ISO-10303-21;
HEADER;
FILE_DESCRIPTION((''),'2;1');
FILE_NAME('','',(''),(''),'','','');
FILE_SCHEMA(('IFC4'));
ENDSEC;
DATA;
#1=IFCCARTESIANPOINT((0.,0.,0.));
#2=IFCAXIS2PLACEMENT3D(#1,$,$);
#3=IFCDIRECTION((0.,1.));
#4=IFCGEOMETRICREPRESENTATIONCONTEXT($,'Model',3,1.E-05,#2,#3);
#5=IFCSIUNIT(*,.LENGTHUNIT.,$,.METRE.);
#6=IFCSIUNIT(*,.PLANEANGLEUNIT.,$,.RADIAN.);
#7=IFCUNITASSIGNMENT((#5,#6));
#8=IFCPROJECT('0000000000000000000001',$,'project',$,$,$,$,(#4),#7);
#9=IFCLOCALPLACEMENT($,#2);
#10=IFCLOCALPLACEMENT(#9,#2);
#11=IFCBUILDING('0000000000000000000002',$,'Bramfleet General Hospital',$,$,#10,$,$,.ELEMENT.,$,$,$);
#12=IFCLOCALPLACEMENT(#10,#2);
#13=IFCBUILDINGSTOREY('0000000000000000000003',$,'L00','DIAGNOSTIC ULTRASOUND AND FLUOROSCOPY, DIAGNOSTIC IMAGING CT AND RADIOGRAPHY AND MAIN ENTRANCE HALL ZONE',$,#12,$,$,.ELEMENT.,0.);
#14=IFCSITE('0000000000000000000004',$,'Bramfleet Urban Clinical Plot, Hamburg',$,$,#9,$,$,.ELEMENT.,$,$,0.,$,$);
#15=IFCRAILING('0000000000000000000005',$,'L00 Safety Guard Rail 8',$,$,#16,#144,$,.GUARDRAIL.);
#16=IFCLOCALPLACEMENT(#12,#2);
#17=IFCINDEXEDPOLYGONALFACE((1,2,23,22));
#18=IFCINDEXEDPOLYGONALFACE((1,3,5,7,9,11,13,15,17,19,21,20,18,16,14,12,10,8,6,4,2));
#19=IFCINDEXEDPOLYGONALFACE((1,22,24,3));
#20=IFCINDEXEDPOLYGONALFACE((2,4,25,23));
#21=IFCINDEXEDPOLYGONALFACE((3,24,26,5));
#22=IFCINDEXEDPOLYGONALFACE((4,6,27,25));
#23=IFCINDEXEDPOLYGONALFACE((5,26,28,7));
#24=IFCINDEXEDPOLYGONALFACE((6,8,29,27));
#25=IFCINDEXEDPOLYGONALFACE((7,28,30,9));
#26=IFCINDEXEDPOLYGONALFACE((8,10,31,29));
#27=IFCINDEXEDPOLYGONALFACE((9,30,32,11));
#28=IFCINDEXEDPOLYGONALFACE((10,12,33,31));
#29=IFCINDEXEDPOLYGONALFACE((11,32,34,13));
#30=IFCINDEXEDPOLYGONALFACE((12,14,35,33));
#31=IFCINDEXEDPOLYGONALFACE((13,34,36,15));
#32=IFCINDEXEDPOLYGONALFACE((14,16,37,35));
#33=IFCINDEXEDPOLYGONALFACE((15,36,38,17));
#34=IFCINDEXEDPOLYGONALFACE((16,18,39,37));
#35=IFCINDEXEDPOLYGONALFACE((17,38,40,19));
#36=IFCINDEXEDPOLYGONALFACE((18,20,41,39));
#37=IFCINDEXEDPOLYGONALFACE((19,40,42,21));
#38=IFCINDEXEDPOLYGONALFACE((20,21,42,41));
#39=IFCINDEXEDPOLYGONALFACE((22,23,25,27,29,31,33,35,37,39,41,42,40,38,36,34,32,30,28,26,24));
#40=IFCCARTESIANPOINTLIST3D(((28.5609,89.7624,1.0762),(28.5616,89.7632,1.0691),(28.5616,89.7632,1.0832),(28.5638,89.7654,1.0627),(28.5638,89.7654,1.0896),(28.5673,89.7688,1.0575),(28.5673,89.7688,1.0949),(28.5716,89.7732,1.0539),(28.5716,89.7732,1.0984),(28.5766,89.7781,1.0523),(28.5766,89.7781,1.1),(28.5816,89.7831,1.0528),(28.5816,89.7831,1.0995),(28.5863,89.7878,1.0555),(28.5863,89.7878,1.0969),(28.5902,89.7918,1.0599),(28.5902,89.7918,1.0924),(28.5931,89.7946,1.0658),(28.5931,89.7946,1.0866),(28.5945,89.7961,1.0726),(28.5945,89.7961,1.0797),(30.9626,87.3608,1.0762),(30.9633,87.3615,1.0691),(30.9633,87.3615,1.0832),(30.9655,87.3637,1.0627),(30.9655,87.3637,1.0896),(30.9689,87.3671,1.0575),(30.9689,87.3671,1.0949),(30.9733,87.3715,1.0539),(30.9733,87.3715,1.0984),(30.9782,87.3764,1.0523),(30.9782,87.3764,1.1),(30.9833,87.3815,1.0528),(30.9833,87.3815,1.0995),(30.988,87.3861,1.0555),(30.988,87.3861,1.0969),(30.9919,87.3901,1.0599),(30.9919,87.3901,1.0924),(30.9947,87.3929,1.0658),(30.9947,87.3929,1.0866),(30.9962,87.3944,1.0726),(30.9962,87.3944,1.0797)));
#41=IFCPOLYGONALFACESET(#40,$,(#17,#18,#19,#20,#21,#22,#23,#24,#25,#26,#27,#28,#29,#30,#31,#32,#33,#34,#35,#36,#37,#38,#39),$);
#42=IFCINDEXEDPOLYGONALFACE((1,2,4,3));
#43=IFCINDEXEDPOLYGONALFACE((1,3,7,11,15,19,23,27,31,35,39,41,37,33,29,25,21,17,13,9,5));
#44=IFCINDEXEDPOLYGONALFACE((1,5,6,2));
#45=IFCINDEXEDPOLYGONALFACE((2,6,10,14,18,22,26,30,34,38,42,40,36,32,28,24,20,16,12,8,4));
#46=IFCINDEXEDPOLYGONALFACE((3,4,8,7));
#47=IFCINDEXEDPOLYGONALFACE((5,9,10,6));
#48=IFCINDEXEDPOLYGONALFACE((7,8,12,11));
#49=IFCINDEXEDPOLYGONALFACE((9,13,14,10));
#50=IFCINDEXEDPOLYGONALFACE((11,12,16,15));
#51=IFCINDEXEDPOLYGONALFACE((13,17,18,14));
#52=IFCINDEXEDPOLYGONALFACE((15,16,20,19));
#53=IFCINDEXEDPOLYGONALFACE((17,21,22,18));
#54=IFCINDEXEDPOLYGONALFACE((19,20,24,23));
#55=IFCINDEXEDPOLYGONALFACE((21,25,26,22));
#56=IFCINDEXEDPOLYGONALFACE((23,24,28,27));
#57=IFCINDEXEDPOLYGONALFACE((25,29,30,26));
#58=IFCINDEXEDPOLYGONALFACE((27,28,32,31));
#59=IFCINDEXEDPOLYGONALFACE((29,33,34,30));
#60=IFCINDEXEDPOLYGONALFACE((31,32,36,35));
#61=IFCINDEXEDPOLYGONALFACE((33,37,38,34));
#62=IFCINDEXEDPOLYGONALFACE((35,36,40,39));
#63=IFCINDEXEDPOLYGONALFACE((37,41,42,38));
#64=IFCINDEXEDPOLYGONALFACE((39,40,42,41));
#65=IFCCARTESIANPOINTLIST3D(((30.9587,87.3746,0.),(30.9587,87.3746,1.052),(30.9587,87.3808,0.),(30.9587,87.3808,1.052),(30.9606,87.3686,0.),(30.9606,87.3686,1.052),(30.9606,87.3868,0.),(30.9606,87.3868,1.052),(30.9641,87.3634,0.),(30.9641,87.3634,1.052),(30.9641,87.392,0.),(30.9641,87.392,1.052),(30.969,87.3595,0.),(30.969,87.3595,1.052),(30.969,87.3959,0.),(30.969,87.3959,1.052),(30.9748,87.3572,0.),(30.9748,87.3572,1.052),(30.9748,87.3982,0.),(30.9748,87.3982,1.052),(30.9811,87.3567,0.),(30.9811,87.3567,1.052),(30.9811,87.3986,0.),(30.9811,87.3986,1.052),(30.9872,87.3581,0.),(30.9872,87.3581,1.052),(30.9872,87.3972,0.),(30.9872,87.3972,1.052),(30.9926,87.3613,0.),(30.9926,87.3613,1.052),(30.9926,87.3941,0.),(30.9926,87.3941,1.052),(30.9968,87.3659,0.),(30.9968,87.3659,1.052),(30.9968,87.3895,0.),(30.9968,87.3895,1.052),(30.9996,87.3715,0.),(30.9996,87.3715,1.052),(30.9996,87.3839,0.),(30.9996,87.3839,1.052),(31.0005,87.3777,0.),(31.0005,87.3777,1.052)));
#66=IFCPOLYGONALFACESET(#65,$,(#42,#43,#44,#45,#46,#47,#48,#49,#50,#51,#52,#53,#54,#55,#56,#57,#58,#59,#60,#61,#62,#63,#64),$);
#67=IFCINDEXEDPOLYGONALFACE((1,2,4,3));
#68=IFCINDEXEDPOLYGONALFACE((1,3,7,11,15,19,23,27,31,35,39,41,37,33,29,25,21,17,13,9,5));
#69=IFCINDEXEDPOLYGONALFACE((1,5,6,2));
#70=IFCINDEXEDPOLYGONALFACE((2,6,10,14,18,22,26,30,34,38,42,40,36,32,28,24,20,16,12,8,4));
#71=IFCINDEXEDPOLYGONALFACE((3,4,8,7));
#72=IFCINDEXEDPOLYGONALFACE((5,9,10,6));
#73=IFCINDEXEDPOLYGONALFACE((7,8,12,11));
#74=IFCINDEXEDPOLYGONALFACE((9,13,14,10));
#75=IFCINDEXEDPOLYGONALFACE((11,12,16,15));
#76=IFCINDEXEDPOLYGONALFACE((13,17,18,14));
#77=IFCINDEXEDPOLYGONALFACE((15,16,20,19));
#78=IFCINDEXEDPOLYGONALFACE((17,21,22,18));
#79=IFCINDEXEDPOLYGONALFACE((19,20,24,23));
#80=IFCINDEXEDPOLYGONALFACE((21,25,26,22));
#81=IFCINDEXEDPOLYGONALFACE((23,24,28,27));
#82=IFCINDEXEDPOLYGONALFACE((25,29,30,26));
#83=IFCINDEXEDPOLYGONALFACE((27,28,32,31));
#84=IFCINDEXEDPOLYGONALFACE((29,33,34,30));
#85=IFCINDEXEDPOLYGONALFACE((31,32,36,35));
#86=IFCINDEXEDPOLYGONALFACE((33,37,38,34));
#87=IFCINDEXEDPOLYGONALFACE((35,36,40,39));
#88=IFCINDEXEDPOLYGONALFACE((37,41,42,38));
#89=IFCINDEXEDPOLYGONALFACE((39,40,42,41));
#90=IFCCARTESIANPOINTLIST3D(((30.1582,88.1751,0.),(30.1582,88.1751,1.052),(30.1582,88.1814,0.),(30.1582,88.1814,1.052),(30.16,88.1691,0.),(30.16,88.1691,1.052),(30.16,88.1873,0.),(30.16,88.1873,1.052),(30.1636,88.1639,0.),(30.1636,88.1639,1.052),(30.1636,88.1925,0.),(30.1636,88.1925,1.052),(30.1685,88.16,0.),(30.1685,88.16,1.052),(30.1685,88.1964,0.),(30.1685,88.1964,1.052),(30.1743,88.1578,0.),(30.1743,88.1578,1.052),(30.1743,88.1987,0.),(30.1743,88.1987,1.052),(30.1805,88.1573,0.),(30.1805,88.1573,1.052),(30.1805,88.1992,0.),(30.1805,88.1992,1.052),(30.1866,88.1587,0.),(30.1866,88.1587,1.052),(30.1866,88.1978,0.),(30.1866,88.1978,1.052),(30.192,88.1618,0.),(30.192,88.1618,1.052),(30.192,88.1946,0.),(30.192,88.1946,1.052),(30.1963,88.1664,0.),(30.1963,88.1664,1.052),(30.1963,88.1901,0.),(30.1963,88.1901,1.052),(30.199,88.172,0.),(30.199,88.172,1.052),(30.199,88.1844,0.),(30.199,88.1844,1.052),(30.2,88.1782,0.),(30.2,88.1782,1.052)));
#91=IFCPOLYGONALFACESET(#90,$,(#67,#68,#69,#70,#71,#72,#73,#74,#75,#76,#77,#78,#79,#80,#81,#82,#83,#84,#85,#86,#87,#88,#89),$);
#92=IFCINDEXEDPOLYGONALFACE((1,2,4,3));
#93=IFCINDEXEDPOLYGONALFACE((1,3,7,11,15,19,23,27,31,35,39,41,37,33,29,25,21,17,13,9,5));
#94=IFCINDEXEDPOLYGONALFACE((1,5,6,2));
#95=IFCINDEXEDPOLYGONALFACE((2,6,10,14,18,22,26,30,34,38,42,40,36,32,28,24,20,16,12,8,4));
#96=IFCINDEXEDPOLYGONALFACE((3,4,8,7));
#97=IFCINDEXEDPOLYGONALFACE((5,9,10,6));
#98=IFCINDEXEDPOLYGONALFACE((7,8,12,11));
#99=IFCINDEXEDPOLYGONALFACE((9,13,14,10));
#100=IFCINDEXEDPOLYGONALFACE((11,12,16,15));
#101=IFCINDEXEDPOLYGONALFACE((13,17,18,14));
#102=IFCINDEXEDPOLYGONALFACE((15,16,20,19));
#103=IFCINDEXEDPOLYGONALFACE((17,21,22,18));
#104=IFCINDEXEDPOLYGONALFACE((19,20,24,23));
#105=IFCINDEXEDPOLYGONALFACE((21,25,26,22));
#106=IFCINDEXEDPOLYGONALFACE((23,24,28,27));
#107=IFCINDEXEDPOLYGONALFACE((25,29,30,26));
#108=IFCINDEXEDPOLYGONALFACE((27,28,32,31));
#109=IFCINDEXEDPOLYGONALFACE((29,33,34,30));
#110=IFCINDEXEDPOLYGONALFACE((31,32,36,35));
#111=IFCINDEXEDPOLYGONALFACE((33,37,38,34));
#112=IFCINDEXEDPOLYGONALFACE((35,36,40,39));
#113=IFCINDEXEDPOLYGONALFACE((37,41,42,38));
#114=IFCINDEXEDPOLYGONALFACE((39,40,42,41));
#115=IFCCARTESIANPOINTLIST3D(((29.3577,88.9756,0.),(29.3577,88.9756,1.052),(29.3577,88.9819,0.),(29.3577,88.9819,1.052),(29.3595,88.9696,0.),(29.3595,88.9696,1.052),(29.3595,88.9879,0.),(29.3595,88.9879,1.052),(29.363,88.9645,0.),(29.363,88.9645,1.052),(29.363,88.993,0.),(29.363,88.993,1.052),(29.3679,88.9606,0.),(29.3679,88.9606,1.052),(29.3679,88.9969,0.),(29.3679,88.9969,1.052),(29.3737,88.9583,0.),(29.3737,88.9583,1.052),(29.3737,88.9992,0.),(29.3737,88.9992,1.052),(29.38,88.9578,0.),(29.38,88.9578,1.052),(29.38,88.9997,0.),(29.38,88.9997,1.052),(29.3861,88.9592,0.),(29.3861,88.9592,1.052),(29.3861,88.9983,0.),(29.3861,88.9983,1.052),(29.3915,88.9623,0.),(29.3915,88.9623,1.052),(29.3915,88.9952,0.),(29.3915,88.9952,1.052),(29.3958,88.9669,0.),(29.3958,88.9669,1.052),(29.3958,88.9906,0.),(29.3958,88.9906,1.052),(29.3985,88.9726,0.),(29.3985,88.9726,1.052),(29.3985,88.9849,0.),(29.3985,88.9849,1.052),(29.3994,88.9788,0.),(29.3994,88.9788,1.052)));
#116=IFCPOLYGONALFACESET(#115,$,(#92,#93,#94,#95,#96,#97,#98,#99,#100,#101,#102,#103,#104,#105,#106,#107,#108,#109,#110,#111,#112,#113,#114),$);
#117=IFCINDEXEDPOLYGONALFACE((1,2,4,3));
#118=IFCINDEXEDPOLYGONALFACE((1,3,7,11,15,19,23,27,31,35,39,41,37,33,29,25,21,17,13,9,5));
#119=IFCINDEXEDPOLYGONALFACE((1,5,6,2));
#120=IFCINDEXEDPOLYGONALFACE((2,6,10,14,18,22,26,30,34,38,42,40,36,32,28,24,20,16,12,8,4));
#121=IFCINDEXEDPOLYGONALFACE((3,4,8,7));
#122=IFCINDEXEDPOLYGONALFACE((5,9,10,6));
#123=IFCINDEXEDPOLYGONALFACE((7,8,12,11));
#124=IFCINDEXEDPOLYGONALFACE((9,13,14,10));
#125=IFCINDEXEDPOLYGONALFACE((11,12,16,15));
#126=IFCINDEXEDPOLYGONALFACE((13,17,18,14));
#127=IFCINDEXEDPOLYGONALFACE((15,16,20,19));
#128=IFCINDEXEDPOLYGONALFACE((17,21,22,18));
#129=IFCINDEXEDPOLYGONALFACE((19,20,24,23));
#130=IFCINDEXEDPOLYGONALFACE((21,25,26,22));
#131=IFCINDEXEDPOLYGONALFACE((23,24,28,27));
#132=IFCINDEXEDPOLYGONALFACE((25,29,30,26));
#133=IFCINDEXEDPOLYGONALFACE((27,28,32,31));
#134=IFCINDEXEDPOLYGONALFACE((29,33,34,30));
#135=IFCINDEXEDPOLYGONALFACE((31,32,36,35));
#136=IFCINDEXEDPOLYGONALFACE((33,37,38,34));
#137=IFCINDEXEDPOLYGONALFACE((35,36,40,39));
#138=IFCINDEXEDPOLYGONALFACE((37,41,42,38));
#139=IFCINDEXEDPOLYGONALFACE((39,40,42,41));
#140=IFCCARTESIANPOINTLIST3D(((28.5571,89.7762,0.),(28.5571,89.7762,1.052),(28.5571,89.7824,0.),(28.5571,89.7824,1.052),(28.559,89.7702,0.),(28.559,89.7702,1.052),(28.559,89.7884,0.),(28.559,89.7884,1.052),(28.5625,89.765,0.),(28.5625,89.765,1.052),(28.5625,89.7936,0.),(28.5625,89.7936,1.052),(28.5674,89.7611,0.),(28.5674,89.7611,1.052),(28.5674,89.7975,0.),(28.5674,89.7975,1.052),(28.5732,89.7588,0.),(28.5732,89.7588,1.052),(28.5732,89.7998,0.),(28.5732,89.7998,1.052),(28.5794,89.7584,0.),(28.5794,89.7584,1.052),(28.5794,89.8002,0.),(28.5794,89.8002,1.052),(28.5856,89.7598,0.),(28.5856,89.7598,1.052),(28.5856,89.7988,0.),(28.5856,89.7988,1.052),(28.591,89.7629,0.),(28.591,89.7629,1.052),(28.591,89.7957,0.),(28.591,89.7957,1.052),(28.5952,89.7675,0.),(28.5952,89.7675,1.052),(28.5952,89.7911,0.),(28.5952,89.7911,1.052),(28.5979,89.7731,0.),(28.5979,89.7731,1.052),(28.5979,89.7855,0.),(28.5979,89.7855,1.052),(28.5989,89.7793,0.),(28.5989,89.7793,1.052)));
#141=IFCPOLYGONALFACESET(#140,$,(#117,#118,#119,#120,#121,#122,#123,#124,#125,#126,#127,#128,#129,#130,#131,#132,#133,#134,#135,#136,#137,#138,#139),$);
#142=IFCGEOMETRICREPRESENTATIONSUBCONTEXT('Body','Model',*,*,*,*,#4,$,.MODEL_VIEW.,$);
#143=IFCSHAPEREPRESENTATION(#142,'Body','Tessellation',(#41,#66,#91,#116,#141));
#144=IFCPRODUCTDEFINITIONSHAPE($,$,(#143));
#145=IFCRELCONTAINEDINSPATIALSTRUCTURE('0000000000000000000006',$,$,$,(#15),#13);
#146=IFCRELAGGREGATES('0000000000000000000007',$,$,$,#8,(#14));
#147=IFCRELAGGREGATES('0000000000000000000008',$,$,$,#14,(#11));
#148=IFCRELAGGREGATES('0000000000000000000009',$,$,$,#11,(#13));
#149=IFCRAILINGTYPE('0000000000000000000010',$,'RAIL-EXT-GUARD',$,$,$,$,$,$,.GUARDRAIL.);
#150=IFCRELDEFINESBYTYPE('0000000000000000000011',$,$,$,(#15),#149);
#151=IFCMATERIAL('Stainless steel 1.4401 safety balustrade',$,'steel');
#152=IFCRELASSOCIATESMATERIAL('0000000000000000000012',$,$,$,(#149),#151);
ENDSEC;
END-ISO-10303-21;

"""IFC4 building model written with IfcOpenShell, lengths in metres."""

from ifc_helpers import new_model, si_unit, direction, frame, origin, origin_2d, place, context, subcontext, project, spatial, circle, extrude, material, type_object, element, save


model = new_model("IFC4")

# Units and contexts
model_context = context("Model", 3, precision=1e-05, world=origin(), true_north=direction((0.0, 1.0)))
body_context = subcontext(model_context, "Body", "Model", "MODEL_VIEW")
ifc_project = project(units=[si_unit("LENGTHUNIT", "METRE"), si_unit("PLANEANGLEUNIT", "RADIAN")], contexts=[model_context])

# Site, building, storey
site_placement = place(None, origin())
site = spatial("IfcSite", under=ifc_project, at=site_placement, Name="Bramfleet Urban Clinical Plot, Hamburg", CompositionType="ELEMENT", RefElevation=0.0)
building_placement = place(site_placement, origin())
building = spatial("IfcBuilding", under=site, at=building_placement, Name="Bramfleet General Hospital", CompositionType="ELEMENT")
storey_placement = place(building_placement, origin())
storey = spatial("IfcBuildingStorey", under=building, at=storey_placement, Name="L00", Description="DIAGNOSTIC ULTRASOUND AND FLUOROSCOPY, DIAGNOSTIC IMAGING CT AND RADIOGRAPHY AND MAIN ENTRANCE HALL ZONE", CompositionType="ELEMENT", Elevation=0.0)

# Railing
ifc_material_1 = material(Name="Stainless steel 1.4401 safety balustrade", Category="steel")
railing_type = type_object("IfcRailingType", Name="RAIL-EXT-GUARD", PredefinedType="GUARDRAIL", material=ifc_material_1)
railing_placement = place(storey_placement, frame((30.9795, 87.3777, 0.0)))
element("IfcRailing", 1, at=railing_placement, inside=storey, type_object=railing_type, Name="L00 Safety Guard Rail 8", PredefinedType="GUARDRAIL", context=body_context, shape_type="SweptSolid", body=[
    extrude(circle(Radius=0.0239, at=origin_2d()), frame((0.0, 0.0, 1.0762), z_axis=(-0.707107, 0.707107, 0.0), x_axis=(-0.707107, -0.707107, 0.0)), (0.0, 0.0, 1.0), 3.3965),
    extrude(circle(Radius=0.021, at=origin_2d()), origin(), (0.0, 0.0, 1.0), 1.052),
    extrude(circle(Radius=0.021, at=origin_2d()), frame((-0.8005, 0.8005, 0.0)), (0.0, 0.0, 1.0), 1.052),
    extrude(circle(Radius=0.021, at=origin_2d()), frame((-1.6011, 1.6011, 0.0)), (0.0, 0.0, 1.0), 1.052),
    extrude(circle(Radius=0.021, at=origin_2d()), frame((-2.4016, 2.4016, 0.0)), (0.0, 0.0, 1.0), 1.052),
])

save(model, "model.ifc")
